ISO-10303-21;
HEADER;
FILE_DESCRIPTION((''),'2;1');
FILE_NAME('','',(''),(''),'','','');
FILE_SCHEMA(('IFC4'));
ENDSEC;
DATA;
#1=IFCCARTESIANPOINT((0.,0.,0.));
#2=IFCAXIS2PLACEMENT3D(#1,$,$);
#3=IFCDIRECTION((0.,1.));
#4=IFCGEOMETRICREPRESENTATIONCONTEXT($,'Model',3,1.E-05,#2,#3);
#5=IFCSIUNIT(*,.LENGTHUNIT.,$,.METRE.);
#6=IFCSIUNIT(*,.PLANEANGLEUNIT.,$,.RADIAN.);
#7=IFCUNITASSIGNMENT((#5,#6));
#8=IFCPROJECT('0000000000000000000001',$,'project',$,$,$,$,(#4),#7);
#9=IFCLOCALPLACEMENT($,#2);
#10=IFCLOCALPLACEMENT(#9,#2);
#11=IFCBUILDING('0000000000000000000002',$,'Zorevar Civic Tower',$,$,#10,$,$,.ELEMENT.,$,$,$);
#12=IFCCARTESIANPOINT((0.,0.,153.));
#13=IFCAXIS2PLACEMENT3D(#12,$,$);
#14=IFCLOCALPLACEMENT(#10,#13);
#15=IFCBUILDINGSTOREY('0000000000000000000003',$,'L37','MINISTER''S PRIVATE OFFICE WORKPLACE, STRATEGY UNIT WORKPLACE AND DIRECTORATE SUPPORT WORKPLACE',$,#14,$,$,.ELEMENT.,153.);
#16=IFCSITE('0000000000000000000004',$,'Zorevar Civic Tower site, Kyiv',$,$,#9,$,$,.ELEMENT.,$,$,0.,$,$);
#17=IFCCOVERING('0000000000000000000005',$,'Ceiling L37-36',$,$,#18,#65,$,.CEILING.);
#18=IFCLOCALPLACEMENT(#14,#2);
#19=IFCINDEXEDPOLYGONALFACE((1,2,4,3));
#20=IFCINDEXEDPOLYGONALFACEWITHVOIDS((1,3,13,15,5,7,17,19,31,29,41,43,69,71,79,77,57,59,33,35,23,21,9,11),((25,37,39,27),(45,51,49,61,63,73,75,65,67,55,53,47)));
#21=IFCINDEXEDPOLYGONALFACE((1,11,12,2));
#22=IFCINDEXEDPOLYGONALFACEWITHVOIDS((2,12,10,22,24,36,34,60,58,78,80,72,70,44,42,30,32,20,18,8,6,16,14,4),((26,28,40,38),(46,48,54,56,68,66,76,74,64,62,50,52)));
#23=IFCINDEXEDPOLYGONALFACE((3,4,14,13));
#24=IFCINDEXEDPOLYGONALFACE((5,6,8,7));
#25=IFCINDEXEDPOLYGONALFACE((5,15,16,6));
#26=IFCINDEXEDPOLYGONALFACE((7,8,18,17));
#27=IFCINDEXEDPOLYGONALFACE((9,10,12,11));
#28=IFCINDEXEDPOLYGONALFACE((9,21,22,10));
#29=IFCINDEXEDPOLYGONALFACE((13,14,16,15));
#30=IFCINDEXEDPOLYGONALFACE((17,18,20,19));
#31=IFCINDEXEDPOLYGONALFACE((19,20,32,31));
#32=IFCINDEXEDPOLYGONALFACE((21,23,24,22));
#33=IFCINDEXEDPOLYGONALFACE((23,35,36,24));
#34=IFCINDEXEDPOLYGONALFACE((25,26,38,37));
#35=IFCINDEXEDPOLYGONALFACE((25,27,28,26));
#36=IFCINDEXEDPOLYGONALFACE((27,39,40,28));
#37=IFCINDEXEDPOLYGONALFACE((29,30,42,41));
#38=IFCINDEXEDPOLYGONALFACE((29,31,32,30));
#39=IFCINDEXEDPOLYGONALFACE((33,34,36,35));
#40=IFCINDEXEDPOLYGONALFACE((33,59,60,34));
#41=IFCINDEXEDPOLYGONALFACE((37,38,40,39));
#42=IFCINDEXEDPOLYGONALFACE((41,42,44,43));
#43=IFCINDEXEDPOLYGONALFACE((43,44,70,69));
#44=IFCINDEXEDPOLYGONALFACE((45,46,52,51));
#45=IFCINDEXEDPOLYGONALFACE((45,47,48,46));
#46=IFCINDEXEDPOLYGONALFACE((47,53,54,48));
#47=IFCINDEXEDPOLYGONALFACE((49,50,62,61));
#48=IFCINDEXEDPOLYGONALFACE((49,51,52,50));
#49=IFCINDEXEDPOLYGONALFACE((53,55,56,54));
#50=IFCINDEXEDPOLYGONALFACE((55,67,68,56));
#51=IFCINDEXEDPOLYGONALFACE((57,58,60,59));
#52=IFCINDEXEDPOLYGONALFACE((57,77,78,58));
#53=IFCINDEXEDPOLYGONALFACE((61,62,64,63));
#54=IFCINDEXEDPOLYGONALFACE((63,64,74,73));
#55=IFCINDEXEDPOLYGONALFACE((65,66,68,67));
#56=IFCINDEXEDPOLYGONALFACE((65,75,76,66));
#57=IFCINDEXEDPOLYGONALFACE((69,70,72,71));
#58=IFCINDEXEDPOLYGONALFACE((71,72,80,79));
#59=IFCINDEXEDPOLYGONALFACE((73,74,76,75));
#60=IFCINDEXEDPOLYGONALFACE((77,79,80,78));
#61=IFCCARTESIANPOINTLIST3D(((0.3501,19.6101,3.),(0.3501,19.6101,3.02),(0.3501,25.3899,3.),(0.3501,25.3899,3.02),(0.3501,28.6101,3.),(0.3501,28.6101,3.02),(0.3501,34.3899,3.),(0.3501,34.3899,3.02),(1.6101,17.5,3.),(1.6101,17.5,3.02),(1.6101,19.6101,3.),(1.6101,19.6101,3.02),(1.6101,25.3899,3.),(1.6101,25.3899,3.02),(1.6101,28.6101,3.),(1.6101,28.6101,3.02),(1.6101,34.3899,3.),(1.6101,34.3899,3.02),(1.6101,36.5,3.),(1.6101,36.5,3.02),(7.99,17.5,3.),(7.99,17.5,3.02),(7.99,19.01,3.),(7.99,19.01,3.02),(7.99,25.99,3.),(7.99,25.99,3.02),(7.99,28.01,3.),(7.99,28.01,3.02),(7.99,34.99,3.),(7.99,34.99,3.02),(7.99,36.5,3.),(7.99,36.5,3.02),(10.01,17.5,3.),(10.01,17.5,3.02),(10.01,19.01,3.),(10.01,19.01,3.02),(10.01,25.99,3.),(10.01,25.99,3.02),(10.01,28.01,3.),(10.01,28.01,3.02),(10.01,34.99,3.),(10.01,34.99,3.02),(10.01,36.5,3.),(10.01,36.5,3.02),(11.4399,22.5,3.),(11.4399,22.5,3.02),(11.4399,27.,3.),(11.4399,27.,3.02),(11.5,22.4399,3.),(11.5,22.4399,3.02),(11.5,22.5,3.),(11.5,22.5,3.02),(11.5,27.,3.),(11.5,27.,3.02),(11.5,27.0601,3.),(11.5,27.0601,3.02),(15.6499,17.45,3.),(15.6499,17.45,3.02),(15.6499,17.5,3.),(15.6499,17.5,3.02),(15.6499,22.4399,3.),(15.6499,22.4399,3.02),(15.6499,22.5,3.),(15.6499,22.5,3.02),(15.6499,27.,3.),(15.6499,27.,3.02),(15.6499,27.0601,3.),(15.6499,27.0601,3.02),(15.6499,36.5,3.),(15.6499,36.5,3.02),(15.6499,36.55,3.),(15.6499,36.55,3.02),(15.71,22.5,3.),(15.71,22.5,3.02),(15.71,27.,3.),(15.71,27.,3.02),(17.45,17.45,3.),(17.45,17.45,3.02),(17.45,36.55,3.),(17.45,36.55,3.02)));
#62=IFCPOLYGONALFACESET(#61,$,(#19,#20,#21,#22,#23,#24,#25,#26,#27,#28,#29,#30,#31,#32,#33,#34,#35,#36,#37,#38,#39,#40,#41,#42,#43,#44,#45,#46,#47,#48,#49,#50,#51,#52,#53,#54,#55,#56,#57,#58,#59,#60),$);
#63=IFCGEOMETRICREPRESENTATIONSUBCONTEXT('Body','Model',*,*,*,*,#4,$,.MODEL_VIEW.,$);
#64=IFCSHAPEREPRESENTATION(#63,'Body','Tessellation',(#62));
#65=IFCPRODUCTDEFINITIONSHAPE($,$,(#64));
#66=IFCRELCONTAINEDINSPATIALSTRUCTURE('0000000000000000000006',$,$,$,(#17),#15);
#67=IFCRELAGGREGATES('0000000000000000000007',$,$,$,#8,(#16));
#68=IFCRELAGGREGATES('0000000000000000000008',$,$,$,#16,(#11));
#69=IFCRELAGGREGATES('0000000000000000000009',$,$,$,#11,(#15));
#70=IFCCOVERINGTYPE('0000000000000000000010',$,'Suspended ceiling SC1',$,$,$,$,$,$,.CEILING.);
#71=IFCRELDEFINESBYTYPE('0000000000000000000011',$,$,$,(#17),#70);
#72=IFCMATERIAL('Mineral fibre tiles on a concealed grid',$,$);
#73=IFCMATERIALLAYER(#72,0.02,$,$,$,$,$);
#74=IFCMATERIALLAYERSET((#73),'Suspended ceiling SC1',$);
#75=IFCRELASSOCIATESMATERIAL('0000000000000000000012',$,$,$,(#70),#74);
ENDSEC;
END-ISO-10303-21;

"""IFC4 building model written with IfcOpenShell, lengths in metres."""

from ifc_helpers import new_model, si_unit, direction, frame, origin, place, context, subcontext, project, spatial, polyline, outline, extrude, material, layer, layer_set, type_object, element, save


model = new_model("IFC4")

# Units and contexts
model_context = context("Model", 3, precision=1e-05, world=origin(), true_north=direction((0.0, 1.0)))
body_context = subcontext(model_context, "Body", "Model", "MODEL_VIEW")
ifc_project = project(units=[si_unit("LENGTHUNIT", "METRE"), si_unit("PLANEANGLEUNIT", "RADIAN")], contexts=[model_context])

# Site, building, storey
site_placement = place(None, origin())
site = spatial("IfcSite", under=ifc_project, at=site_placement, Name="Zorevar Civic Tower site, Kyiv", CompositionType="ELEMENT", RefElevation=0.0)
building_placement = place(site_placement, origin())
building = spatial("IfcBuilding", under=site, at=building_placement, Name="Zorevar Civic Tower", CompositionType="ELEMENT")
storey_placement = place(building_placement, frame((0.0, 0.0, 153.0)))
storey = spatial("IfcBuildingStorey", under=building, at=storey_placement, Name="L37", Description="MINISTER'S PRIVATE OFFICE WORKPLACE, STRATEGY UNIT WORKPLACE AND DIRECTORATE SUPPORT WORKPLACE", CompositionType="ELEMENT", Elevation=153.0)

# Covering
ifc_material_1 = material(Name="Mineral fibre tiles on a concealed grid")
ifc_layer_1 = layer(ifc_material_1, 0.02)
ifc_layer_set_1 = layer_set([ifc_layer_1], Name="Suspended ceiling SC1")
covering_type = type_object("IfcCoveringType", Name="Suspended ceiling SC1", PredefinedType="CEILING", material=ifc_layer_set_1)
covering_1_placement = place(storey_placement, frame((0.0, 0.0, 3.0)))
element("IfcCovering", 1, at=covering_1_placement, inside=storey, type_object=covering_type, Name="Ceiling L37-36", PredefinedType="CEILING", context=body_context, shape_type="SweptSolid", body=[
    extrude(outline(polyline([(0.3501, 19.6101), (0.3501, 25.3899), (1.6101, 25.3899), (1.6101, 28.6101), (0.3501, 28.6101), (0.3501, 34.3899), (1.6101, 34.3899), (1.6101, 36.5), (7.99, 36.5), (7.99, 34.99), (10.01, 34.99), (10.01, 36.5), (15.6499, 36.5), (15.6499, 36.55), (17.45, 36.55), (17.45, 17.45), (15.6499, 17.45), (15.6499, 17.5), (10.01, 17.5), (10.01, 19.01), (7.99, 19.01), (7.99, 17.5), (1.6101, 17.5), (1.6101, 19.6101), (0.3501, 19.6101)]), holes=[polyline([(11.4399, 27.0), (11.4399, 22.5), (11.5, 22.5), (11.5, 22.4399), (15.6499, 22.4399), (15.6499, 22.5), (15.71, 22.5), (15.71, 27.0), (15.6499, 27.0), (15.6499, 27.0601), (11.5, 27.0601), (11.5, 27.0), (11.4399, 27.0)]), polyline([(7.99, 28.01), (7.99, 25.99), (10.01, 25.99), (10.01, 28.01), (7.99, 28.01)])]), origin(), (0.0, 0.0, 1.0), 0.02),
])

save(model, "model.ifc")
